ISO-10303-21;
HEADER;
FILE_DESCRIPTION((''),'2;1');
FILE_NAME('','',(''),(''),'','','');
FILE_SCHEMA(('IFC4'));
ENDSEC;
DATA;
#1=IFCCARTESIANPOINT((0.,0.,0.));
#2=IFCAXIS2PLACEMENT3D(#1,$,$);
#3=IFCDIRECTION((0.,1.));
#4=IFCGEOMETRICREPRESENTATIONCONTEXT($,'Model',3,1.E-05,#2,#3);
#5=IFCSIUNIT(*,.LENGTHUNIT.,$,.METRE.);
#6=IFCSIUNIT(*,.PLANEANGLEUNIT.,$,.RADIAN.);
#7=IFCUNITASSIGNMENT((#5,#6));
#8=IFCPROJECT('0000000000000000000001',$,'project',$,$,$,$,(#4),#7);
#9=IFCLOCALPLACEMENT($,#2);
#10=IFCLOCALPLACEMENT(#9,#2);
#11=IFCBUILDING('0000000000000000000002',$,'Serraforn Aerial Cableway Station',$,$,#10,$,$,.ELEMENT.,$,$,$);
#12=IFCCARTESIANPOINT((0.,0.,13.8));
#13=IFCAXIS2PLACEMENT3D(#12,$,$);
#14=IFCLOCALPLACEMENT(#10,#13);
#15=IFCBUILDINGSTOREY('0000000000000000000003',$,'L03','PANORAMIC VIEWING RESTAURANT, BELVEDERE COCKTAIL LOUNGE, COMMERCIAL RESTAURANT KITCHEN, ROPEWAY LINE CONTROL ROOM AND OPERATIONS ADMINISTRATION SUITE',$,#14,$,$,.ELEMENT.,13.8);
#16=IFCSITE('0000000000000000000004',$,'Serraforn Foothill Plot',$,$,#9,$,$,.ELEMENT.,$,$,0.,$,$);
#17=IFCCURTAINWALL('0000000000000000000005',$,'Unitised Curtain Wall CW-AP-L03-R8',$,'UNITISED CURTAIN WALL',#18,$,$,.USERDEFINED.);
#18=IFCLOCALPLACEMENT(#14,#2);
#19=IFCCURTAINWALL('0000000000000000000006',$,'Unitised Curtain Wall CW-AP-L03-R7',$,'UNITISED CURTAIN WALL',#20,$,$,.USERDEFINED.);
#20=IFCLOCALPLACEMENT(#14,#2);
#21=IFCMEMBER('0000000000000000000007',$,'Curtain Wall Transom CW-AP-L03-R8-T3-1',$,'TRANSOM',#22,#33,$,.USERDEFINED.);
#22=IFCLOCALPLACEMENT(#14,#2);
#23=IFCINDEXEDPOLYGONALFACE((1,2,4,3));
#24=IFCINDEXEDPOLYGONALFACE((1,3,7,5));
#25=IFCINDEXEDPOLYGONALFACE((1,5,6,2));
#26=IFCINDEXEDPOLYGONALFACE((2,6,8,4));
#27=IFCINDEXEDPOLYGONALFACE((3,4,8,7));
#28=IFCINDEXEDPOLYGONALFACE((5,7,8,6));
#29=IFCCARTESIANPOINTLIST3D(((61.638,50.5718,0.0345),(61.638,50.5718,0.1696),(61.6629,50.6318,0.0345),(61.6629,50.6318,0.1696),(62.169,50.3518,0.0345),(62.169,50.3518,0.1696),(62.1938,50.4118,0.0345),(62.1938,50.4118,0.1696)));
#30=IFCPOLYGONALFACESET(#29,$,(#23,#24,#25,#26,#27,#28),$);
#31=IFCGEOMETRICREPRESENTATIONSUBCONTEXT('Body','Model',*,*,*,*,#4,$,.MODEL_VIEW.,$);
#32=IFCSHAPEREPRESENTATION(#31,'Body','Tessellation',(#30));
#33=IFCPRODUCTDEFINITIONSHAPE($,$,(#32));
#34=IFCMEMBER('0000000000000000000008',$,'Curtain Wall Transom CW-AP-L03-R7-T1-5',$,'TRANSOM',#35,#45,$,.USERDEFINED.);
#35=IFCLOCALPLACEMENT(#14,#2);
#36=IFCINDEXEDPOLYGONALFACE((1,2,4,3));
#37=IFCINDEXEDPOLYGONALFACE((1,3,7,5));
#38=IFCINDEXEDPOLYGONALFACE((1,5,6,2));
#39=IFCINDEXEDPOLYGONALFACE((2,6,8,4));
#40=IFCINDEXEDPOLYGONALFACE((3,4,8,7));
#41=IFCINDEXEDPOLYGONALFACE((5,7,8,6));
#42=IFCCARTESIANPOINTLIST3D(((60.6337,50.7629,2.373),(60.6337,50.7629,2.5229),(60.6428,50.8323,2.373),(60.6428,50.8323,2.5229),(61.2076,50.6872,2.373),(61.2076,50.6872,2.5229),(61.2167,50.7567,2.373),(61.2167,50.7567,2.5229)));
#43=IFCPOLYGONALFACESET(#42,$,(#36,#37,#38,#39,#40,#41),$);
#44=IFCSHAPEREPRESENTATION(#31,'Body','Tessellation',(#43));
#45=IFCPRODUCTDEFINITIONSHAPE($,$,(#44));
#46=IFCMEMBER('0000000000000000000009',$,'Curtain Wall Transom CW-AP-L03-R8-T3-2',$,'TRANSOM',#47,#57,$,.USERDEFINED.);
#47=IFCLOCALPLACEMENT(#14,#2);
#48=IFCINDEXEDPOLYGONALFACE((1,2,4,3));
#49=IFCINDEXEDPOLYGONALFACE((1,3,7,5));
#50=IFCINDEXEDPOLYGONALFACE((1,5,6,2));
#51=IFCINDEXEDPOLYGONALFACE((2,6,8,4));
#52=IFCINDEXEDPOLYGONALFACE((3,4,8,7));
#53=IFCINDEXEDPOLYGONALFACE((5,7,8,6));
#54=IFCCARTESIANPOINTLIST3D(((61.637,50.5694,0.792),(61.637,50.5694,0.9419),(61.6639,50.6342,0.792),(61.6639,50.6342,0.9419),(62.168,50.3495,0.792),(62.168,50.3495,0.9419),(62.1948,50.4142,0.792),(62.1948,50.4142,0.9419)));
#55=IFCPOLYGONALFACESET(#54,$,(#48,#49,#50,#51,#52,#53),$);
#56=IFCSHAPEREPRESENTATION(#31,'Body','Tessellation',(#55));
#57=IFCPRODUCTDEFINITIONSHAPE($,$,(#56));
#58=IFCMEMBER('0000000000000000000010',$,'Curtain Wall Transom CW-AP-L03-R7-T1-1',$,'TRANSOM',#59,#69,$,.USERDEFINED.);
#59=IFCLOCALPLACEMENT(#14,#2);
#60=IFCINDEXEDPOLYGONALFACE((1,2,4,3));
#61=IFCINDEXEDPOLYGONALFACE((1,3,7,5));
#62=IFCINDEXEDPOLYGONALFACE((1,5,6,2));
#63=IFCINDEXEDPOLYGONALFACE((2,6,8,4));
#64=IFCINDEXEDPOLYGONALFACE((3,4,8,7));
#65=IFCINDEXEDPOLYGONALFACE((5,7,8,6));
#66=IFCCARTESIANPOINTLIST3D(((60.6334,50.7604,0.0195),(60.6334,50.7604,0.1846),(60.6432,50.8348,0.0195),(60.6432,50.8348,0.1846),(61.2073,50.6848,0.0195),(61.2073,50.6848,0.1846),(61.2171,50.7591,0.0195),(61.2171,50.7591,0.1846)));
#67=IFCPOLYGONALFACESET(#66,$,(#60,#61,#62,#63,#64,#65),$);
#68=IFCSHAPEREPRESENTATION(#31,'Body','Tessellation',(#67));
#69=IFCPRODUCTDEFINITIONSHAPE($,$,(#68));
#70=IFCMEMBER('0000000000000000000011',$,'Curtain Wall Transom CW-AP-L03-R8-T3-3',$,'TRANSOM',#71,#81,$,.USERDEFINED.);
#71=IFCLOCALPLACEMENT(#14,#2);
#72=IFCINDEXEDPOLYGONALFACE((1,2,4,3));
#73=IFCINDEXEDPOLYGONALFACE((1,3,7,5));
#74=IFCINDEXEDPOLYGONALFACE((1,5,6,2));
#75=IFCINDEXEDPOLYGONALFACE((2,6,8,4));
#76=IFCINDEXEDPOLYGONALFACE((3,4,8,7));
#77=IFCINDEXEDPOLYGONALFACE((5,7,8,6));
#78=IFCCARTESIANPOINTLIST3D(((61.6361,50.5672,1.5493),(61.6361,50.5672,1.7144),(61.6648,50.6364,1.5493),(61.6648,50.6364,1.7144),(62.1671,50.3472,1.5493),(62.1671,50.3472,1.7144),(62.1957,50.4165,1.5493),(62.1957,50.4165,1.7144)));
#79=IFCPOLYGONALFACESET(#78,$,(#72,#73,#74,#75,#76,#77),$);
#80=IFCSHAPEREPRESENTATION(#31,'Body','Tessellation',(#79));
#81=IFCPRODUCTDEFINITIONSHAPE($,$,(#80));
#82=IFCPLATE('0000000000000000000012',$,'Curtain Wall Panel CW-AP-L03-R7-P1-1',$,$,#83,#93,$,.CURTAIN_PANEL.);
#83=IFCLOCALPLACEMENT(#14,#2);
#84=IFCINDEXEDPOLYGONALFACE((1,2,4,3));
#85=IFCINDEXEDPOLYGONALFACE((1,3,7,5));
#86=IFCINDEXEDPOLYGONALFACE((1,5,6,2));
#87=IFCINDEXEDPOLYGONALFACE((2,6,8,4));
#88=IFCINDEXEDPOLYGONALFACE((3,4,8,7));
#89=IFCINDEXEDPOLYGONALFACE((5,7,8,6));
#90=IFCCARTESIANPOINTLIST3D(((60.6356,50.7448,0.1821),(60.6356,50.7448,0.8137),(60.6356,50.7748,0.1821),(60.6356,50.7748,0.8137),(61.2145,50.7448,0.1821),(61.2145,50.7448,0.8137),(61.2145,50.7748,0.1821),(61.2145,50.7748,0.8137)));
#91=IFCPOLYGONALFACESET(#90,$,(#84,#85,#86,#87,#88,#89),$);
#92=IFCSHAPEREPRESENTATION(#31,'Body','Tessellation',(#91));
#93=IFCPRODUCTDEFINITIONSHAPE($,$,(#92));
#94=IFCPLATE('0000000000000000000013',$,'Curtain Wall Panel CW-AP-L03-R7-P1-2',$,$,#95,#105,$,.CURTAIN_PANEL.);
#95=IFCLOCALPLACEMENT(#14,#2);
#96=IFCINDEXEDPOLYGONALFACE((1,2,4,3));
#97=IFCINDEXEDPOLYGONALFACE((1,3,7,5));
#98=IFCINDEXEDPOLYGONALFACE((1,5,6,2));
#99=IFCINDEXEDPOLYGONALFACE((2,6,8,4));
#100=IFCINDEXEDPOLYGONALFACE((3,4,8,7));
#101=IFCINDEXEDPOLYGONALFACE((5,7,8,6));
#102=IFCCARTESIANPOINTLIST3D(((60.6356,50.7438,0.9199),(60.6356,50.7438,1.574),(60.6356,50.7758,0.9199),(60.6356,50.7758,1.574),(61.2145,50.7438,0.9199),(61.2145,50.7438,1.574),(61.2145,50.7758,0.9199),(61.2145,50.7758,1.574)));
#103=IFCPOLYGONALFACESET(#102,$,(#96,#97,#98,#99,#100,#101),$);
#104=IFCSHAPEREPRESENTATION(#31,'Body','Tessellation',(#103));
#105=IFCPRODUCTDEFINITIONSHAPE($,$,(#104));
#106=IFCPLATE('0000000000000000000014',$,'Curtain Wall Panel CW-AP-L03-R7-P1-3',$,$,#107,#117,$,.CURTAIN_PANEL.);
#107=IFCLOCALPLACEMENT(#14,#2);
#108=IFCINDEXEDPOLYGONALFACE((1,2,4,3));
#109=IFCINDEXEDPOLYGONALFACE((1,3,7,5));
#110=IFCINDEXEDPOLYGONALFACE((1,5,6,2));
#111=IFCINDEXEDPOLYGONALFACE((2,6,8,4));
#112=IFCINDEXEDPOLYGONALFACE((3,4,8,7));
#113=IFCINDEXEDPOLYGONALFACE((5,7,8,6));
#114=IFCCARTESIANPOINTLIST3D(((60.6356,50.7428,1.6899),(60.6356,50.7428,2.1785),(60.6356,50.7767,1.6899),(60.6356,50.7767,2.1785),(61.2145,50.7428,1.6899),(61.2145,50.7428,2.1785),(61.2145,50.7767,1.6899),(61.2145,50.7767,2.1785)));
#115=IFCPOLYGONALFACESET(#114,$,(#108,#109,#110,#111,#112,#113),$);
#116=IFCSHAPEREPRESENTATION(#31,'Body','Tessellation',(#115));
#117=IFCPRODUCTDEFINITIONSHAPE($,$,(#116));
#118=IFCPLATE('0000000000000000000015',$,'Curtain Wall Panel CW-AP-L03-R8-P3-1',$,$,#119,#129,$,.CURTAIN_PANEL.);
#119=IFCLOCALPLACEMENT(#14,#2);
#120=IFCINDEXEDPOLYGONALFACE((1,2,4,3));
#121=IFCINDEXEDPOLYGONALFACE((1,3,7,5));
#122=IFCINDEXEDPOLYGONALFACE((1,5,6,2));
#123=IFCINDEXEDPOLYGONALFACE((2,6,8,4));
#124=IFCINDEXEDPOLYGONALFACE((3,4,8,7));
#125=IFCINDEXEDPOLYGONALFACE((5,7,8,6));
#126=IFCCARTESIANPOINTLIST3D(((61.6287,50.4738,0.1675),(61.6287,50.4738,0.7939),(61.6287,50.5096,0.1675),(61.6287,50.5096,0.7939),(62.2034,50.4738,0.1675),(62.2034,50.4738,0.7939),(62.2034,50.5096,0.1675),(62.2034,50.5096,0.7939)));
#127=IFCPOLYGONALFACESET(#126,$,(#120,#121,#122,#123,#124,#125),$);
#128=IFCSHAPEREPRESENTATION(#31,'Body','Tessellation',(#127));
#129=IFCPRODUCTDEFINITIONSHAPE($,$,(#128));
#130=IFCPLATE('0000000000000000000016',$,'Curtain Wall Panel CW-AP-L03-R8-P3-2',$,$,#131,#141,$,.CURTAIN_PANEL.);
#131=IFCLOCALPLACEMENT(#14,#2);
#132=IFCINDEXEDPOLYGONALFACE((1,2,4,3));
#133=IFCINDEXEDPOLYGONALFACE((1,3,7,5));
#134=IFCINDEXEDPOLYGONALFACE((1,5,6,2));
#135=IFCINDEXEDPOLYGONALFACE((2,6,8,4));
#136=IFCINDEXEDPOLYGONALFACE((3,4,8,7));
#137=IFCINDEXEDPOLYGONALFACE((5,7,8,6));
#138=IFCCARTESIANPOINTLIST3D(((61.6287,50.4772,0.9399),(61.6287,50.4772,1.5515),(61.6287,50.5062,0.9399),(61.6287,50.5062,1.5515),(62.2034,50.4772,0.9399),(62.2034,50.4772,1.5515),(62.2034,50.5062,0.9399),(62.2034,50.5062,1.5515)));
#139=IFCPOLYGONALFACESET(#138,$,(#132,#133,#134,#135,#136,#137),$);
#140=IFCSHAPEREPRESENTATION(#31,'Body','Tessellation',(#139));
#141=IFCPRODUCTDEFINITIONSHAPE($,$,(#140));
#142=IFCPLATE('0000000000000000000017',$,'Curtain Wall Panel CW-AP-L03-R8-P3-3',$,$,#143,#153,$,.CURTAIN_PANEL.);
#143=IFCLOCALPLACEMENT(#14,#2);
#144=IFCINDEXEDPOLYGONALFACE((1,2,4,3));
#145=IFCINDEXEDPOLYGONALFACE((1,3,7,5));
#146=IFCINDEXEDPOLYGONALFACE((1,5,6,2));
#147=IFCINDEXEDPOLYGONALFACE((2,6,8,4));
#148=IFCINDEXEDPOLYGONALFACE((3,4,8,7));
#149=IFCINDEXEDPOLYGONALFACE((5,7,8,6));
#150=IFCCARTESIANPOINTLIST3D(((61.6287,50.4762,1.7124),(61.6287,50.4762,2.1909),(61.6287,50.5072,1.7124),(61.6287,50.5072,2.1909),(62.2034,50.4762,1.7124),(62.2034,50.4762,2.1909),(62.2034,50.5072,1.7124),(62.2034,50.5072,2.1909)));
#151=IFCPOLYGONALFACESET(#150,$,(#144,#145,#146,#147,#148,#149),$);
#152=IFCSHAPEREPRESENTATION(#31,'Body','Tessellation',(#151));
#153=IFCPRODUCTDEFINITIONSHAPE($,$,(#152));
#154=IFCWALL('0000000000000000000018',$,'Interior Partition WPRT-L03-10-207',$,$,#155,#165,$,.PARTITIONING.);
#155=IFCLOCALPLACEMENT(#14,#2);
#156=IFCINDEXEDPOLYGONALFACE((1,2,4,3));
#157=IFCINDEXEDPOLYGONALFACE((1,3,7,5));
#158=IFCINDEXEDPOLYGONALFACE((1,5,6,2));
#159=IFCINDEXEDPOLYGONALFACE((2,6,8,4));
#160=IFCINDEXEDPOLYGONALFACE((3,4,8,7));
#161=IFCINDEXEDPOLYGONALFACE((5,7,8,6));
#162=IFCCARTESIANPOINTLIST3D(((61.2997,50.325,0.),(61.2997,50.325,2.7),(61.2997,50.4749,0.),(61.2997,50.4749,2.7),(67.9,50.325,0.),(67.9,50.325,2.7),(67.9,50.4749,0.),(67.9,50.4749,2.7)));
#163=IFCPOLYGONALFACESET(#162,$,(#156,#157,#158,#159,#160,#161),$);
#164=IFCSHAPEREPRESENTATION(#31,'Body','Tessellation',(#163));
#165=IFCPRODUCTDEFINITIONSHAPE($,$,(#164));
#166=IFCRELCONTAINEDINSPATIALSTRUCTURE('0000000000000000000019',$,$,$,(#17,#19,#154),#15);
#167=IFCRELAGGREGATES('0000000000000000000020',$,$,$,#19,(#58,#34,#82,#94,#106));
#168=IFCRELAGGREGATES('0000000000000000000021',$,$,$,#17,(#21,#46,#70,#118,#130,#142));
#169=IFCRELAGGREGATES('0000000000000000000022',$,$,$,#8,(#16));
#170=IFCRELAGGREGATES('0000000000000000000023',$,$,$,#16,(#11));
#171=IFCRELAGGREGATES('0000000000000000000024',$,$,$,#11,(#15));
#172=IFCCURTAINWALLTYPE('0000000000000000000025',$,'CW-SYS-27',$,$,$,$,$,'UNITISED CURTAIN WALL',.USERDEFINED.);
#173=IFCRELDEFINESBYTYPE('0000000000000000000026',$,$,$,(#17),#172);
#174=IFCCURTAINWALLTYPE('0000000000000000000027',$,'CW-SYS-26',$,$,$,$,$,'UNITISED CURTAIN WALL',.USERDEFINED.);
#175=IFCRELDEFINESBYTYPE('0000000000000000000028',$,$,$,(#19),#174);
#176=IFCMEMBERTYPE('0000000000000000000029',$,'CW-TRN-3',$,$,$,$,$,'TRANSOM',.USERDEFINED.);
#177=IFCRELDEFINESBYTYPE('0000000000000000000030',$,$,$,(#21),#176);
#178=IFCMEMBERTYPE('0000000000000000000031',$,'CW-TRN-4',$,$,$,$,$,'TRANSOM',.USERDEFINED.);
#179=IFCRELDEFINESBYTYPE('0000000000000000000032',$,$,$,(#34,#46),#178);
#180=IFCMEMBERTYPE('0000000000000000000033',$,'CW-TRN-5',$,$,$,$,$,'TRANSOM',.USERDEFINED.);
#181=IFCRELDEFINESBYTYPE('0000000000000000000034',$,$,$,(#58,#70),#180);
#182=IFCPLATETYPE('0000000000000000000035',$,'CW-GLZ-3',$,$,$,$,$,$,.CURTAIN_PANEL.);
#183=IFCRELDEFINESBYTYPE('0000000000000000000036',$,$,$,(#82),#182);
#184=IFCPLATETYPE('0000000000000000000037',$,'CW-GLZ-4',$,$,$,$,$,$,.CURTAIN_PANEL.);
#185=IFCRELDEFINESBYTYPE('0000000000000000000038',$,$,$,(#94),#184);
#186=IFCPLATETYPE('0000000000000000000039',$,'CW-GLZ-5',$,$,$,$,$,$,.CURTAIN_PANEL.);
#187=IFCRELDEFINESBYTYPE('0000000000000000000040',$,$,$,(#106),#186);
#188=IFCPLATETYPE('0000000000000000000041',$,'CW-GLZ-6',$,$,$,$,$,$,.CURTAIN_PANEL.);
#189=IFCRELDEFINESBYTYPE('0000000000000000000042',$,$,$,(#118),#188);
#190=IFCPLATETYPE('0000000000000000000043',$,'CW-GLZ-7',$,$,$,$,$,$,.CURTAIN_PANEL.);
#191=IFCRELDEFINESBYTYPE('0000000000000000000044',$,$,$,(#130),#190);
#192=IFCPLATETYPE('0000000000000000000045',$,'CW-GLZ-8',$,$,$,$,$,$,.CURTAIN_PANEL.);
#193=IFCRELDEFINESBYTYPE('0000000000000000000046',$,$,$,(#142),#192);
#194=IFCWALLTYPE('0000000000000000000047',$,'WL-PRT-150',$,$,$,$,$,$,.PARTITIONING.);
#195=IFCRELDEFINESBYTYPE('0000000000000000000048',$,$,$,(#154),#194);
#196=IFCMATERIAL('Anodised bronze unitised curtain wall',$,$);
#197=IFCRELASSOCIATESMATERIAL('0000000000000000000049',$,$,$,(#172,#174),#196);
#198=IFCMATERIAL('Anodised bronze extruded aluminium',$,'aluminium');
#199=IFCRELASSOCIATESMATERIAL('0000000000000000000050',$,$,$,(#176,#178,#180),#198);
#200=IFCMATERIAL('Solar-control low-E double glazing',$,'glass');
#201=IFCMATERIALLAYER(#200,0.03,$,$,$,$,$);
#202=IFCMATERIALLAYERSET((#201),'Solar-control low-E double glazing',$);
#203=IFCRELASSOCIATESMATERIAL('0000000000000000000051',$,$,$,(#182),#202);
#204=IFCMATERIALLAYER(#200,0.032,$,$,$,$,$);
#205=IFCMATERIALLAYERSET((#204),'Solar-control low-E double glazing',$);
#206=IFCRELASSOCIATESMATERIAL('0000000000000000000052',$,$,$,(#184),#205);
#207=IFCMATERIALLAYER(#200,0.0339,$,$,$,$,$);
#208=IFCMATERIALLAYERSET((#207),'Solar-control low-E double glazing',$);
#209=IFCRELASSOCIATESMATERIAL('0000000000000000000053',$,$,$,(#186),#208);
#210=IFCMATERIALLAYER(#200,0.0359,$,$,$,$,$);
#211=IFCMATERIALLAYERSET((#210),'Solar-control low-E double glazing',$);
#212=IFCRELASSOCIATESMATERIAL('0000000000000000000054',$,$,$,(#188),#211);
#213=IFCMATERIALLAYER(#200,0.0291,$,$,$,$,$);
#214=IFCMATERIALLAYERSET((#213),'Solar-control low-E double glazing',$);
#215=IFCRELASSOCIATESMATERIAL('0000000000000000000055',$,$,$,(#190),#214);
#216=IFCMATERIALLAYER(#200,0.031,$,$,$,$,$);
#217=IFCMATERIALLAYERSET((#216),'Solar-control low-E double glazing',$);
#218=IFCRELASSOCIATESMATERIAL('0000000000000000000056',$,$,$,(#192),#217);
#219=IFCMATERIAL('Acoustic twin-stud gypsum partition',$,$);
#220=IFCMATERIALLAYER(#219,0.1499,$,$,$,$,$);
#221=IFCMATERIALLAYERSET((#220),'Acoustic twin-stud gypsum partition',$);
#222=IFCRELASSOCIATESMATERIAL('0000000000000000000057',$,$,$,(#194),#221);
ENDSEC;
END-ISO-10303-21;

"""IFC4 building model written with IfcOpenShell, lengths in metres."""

from ifc_helpers import new_model, si_unit, direction, frame, frame_2d, origin, origin_2d, place, context, subcontext, project, spatial, rectangle, extrude, material, layer, layer_set, material_profile, profile_set, type_object, element, aggregate, save


model = new_model("IFC4")

# Units and contexts
model_context = context("Model", 3, precision=1e-05, world=origin(), true_north=direction((0.0, 1.0)))
body_context = subcontext(model_context, "Body", "Model", "MODEL_VIEW")
ifc_project = project(units=[si_unit("LENGTHUNIT", "METRE"), si_unit("PLANEANGLEUNIT", "RADIAN")], contexts=[model_context])

# Site, building, storey
site_placement = place(None, origin())
site = spatial("IfcSite", under=ifc_project, at=site_placement, Name="Serraforn Foothill Plot", CompositionType="ELEMENT", RefElevation=0.0)
building_placement = place(site_placement, origin())
building = spatial("IfcBuilding", under=site, at=building_placement, Name="Serraforn Aerial Cableway Station", CompositionType="ELEMENT")
storey_placement = place(building_placement, frame((0.0, 0.0, 13.8)))
storey = spatial("IfcBuildingStorey", under=building, at=storey_placement, Name="L03", Description="PANORAMIC VIEWING RESTAURANT, BELVEDERE COCKTAIL LOUNGE, COMMERCIAL RESTAURANT KITCHEN, ROPEWAY LINE CONTROL ROOM AND OPERATIONS ADMINISTRATION SUITE", CompositionType="ELEMENT", Elevation=13.8)

# Curtain walls
ifc_material_1 = material(Name="Anodised bronze unitised curtain wall")
curtain_wall_type_1 = type_object("IfcCurtainWallType", Name="CW-SYS-27", ElementType="UNITISED CURTAIN WALL", PredefinedType="USERDEFINED", material=ifc_material_1)
curtain_wall_1_placement = place(storey_placement, origin())
curtain_wall_1 = element("IfcCurtainWall", 1, at=curtain_wall_1_placement, inside=storey, type_object=curtain_wall_type_1, Name="Unitised Curtain Wall CW-AP-L03-R8", ObjectType="UNITISED CURTAIN WALL", PredefinedType="USERDEFINED")
ifc_material_2 = material(Name="Anodised bronze extruded aluminium", Category="aluminium")
curtain_wall_type_2 = type_object("IfcCurtainWallType", Name="CW-SYS-26", ElementType="UNITISED CURTAIN WALL", PredefinedType="USERDEFINED", material=ifc_material_1)
curtain_wall_2_placement = place(storey_placement, origin())
curtain_wall_2 = element("IfcCurtainWall", 2, at=curtain_wall_2_placement, inside=storey, type_object=curtain_wall_type_2, Name="Unitised Curtain Wall CW-AP-L03-R7", ObjectType="UNITISED CURTAIN WALL", PredefinedType="USERDEFINED")

# Members
ifc_material_profile_1 = material_profile(ifc_material_2, rectangle(XDim=0.0649, YDim=0.135, at=origin_2d()), Name="CW TRANSOM 65x135")
ifc_profile_set_1 = profile_set([ifc_material_profile_1], Name="Anodised bronze extruded aluminium")
member_type_1 = type_object("IfcMemberType", Name="CW-TRN-3", ElementType="TRANSOM", PredefinedType="USERDEFINED", material=ifc_profile_set_1)
member_1_placement = place(storey_placement, frame((62.1814, 50.3818, 0.1021), z_axis=(-0.923867, 0.382714, 0.0), x_axis=(-0.382714, -0.923867, 0.0)))
member_1 = element("IfcMember", 3, at=member_1_placement, type_object=member_type_1, Name="Curtain Wall Transom CW-AP-L03-R8-T3-1", ObjectType="TRANSOM", PredefinedType="USERDEFINED", context=body_context, shape_type="SweptSolid", body=[
    extrude(rectangle(XDim=0.0649, YDim=0.135, at=origin_2d()), origin(), (0.0, 0.0, 1.0), 0.5747),
])
ifc_material_profile_2 = material_profile(ifc_material_2, rectangle(XDim=0.0701, YDim=0.1499, at=origin_2d()), Name="CW TRANSOM 70x150")
ifc_profile_set_2 = profile_set([ifc_material_profile_2], Name="Anodised bronze extruded aluminium")
member_type_2 = type_object("IfcMemberType", Name="CW-TRN-4", ElementType="TRANSOM", PredefinedType="USERDEFINED", material=ifc_profile_set_2)
member_2_placement = place(storey_placement, frame((61.2122, 50.7219, 2.448), z_axis=(-0.991418, 0.130727, 0.0), x_axis=(-0.130727, -0.991418, 0.0)))
member_2 = element("IfcMember", 4, at=member_2_placement, type_object=member_type_2, Name="Curtain Wall Transom CW-AP-L03-R7-T1-5", ObjectType="TRANSOM", PredefinedType="USERDEFINED", context=body_context, shape_type="SweptSolid", body=[
    extrude(rectangle(XDim=0.0701, YDim=0.1499, at=origin_2d()), origin(), (0.0, 0.0, 1.0), 0.5789),
])
member_3_placement = place(storey_placement, frame((62.1814, 50.3818, 0.8669), z_axis=(-0.923867, 0.382714, 0.0), x_axis=(-0.382714, -0.923867, 0.0)))
member_3 = element("IfcMember", 5, at=member_3_placement, type_object=member_type_2, Name="Curtain Wall Transom CW-AP-L03-R8-T3-2", ObjectType="TRANSOM", PredefinedType="USERDEFINED", context=body_context, shape_type="SweptSolid", body=[
    extrude(rectangle(XDim=0.0701, YDim=0.1499, at=origin_2d()), origin(), (0.0, 0.0, 1.0), 0.5747),
])
ifc_material_profile_3 = material_profile(ifc_material_2, rectangle(XDim=0.075, YDim=0.165, at=origin_2d()), Name="CW TRANSOM 75x165")
ifc_profile_set_3 = profile_set([ifc_material_profile_3], Name="Anodised bronze extruded aluminium")
member_type_3 = type_object("IfcMemberType", Name="CW-TRN-5", ElementType="TRANSOM", PredefinedType="USERDEFINED", material=ifc_profile_set_3)
member_4_placement = place(storey_placement, frame((61.2122, 50.7219, 0.1021), z_axis=(-0.991418, 0.130727, 0.0), x_axis=(-0.130727, -0.991418, 0.0)))
member_4 = element("IfcMember", 6, at=member_4_placement, type_object=member_type_3, Name="Curtain Wall Transom CW-AP-L03-R7-T1-1", ObjectType="TRANSOM", PredefinedType="USERDEFINED", context=body_context, shape_type="SweptSolid", body=[
    extrude(rectangle(XDim=0.075, YDim=0.165, at=origin_2d()), origin(), (0.0, 0.0, 1.0), 0.5789),
])
member_5_placement = place(storey_placement, frame((62.1814, 50.3818, 1.6318), z_axis=(-0.923867, 0.382714, 0.0), x_axis=(-0.382714, -0.923867, 0.0)))
member_5 = element("IfcMember", 7, at=member_5_placement, type_object=member_type_3, Name="Curtain Wall Transom CW-AP-L03-R8-T3-3", ObjectType="TRANSOM", PredefinedType="USERDEFINED", context=body_context, shape_type="SweptSolid", body=[
    extrude(rectangle(XDim=0.075, YDim=0.165, at=origin_2d()), origin(), (0.0, 0.0, 1.0), 0.5747),
])

# Plates
ifc_material_3 = material(Name="Solar-control low-E double glazing", Category="glass")
ifc_layer_1 = layer(ifc_material_3, 0.03)
ifc_layer_set_1 = layer_set([ifc_layer_1], Name="Solar-control low-E double glazing")
plate_type_1 = type_object("IfcPlateType", Name="CW-GLZ-3", PredefinedType="CURTAIN_PANEL", material=ifc_layer_set_1)
plate_1_placement = place(storey_placement, frame((60.925, 50.7598, 0.1821), z_axis=(0.0, 0.0, 1.0), x_axis=(1.0, 0.0, 0.0)))
plate_1 = element("IfcPlate", 8, at=plate_1_placement, type_object=plate_type_1, Name="Curtain Wall Panel CW-AP-L03-R7-P1-1", PredefinedType="CURTAIN_PANEL", context=body_context, shape_type="SweptSolid", body=[
    extrude(rectangle(XDim=0.5789, YDim=0.03, at=origin_2d()), origin(), (0.0, 0.0, 1.0), 0.6316),
])
ifc_layer_2 = layer(ifc_material_3, 0.032)
ifc_layer_set_2 = layer_set([ifc_layer_2], Name="Solar-control low-E double glazing")
plate_type_2 = type_object("IfcPlateType", Name="CW-GLZ-4", PredefinedType="CURTAIN_PANEL", material=ifc_layer_set_2)
plate_2_placement = place(storey_placement, frame((60.925, 50.7598, 0.9199), z_axis=(0.0, 0.0, 1.0), x_axis=(1.0, 0.0, 0.0)))
plate_2 = element("IfcPlate", 9, at=plate_2_placement, type_object=plate_type_2, Name="Curtain Wall Panel CW-AP-L03-R7-P1-2", PredefinedType="CURTAIN_PANEL", context=body_context, shape_type="SweptSolid", body=[
    extrude(rectangle(XDim=0.5789, YDim=0.032, at=origin_2d()), origin(), (0.0, 0.0, 1.0), 0.6541),
])
ifc_layer_3 = layer(ifc_material_3, 0.0339)
ifc_layer_set_3 = layer_set([ifc_layer_3], Name="Solar-control low-E double glazing")
plate_type_3 = type_object("IfcPlateType", Name="CW-GLZ-5", PredefinedType="CURTAIN_PANEL", material=ifc_layer_set_3)
plate_3_placement = place(storey_placement, frame((60.925, 50.7598, 1.6899), z_axis=(0.0, 0.0, 1.0), x_axis=(1.0, 0.0, 0.0)))
plate_3 = element("IfcPlate", 10, at=plate_3_placement, type_object=plate_type_3, Name="Curtain Wall Panel CW-AP-L03-R7-P1-3", PredefinedType="CURTAIN_PANEL", context=body_context, shape_type="SweptSolid", body=[
    extrude(rectangle(XDim=0.5789, YDim=0.0339, at=origin_2d()), origin(), (0.0, 0.0, 1.0), 0.4885),
])
aggregate(curtain_wall_2, [member_4, member_2, plate_1, plate_2, plate_3])
ifc_layer_4 = layer(ifc_material_3, 0.0359)
ifc_layer_set_4 = layer_set([ifc_layer_4], Name="Solar-control low-E double glazing")
plate_type_4 = type_object("IfcPlateType", Name="CW-GLZ-6", PredefinedType="CURTAIN_PANEL", material=ifc_layer_set_4)
plate_4_placement = place(storey_placement, frame((61.916, 50.4917, 0.1675), z_axis=(0.0, 0.0, 1.0), x_axis=(1.0, 0.0, 0.0)))
plate_4 = element("IfcPlate", 11, at=plate_4_placement, type_object=plate_type_4, Name="Curtain Wall Panel CW-AP-L03-R8-P3-1", PredefinedType="CURTAIN_PANEL", context=body_context, shape_type="SweptSolid", body=[
    extrude(rectangle(XDim=0.5747, YDim=0.0359, at=origin_2d()), origin(), (0.0, 0.0, 1.0), 0.6265),
])
ifc_layer_5 = layer(ifc_material_3, 0.0291)
ifc_layer_set_5 = layer_set([ifc_layer_5], Name="Solar-control low-E double glazing")
plate_type_5 = type_object("IfcPlateType", Name="CW-GLZ-7", PredefinedType="CURTAIN_PANEL", material=ifc_layer_set_5)
plate_5_placement = place(storey_placement, frame((61.916, 50.4917, 0.9399), z_axis=(0.0, 0.0, 1.0), x_axis=(1.0, 0.0, 0.0)))
plate_5 = element("IfcPlate", 12, at=plate_5_placement, type_object=plate_type_5, Name="Curtain Wall Panel CW-AP-L03-R8-P3-2", PredefinedType="CURTAIN_PANEL", context=body_context, shape_type="SweptSolid", body=[
    extrude(rectangle(XDim=0.5747, YDim=0.0291, at=origin_2d()), origin(), (0.0, 0.0, 1.0), 0.6116),
])
ifc_layer_6 = layer(ifc_material_3, 0.031)
ifc_layer_set_6 = layer_set([ifc_layer_6], Name="Solar-control low-E double glazing")
plate_type_6 = type_object("IfcPlateType", Name="CW-GLZ-8", PredefinedType="CURTAIN_PANEL", material=ifc_layer_set_6)
plate_6_placement = place(storey_placement, frame((61.916, 50.4917, 1.7124), z_axis=(0.0, 0.0, 1.0), x_axis=(1.0, 0.0, 0.0)))
plate_6 = element("IfcPlate", 13, at=plate_6_placement, type_object=plate_type_6, Name="Curtain Wall Panel CW-AP-L03-R8-P3-3", PredefinedType="CURTAIN_PANEL", context=body_context, shape_type="SweptSolid", body=[
    extrude(rectangle(XDim=0.5747, YDim=0.031, at=origin_2d()), origin(), (0.0, 0.0, 1.0), 0.4785),
])
aggregate(curtain_wall_1, [member_1, member_3, member_5, plate_4, plate_5, plate_6])

# Wall
ifc_material_4 = material(Name="Acoustic twin-stud gypsum partition")
ifc_layer_7 = layer(ifc_material_4, 0.1499)
ifc_layer_set_7 = layer_set([ifc_layer_7], Name="Acoustic twin-stud gypsum partition")
wall_type = type_object("IfcWallType", Name="WL-PRT-150", PredefinedType="PARTITIONING", material=ifc_layer_set_7)
wall_placement = place(storey_placement, frame((61.2996, 50.3999, 0.0), z_axis=(0.0, 0.0, 1.0), x_axis=(1.0, 0.0, 0.0)))
element("IfcWall", 14, at=wall_placement, inside=storey, type_object=wall_type, Name="Interior Partition WPRT-L03-10-207", PredefinedType="PARTITIONING", context=body_context, shape_type="SweptSolid", body=[
    extrude(rectangle(XDim=6.6003, YDim=0.1499, at=frame_2d((3.3003, 0.0))), origin(), (0.0, 0.0, 1.0), 2.7),
])

save(model, "model.ifc")
